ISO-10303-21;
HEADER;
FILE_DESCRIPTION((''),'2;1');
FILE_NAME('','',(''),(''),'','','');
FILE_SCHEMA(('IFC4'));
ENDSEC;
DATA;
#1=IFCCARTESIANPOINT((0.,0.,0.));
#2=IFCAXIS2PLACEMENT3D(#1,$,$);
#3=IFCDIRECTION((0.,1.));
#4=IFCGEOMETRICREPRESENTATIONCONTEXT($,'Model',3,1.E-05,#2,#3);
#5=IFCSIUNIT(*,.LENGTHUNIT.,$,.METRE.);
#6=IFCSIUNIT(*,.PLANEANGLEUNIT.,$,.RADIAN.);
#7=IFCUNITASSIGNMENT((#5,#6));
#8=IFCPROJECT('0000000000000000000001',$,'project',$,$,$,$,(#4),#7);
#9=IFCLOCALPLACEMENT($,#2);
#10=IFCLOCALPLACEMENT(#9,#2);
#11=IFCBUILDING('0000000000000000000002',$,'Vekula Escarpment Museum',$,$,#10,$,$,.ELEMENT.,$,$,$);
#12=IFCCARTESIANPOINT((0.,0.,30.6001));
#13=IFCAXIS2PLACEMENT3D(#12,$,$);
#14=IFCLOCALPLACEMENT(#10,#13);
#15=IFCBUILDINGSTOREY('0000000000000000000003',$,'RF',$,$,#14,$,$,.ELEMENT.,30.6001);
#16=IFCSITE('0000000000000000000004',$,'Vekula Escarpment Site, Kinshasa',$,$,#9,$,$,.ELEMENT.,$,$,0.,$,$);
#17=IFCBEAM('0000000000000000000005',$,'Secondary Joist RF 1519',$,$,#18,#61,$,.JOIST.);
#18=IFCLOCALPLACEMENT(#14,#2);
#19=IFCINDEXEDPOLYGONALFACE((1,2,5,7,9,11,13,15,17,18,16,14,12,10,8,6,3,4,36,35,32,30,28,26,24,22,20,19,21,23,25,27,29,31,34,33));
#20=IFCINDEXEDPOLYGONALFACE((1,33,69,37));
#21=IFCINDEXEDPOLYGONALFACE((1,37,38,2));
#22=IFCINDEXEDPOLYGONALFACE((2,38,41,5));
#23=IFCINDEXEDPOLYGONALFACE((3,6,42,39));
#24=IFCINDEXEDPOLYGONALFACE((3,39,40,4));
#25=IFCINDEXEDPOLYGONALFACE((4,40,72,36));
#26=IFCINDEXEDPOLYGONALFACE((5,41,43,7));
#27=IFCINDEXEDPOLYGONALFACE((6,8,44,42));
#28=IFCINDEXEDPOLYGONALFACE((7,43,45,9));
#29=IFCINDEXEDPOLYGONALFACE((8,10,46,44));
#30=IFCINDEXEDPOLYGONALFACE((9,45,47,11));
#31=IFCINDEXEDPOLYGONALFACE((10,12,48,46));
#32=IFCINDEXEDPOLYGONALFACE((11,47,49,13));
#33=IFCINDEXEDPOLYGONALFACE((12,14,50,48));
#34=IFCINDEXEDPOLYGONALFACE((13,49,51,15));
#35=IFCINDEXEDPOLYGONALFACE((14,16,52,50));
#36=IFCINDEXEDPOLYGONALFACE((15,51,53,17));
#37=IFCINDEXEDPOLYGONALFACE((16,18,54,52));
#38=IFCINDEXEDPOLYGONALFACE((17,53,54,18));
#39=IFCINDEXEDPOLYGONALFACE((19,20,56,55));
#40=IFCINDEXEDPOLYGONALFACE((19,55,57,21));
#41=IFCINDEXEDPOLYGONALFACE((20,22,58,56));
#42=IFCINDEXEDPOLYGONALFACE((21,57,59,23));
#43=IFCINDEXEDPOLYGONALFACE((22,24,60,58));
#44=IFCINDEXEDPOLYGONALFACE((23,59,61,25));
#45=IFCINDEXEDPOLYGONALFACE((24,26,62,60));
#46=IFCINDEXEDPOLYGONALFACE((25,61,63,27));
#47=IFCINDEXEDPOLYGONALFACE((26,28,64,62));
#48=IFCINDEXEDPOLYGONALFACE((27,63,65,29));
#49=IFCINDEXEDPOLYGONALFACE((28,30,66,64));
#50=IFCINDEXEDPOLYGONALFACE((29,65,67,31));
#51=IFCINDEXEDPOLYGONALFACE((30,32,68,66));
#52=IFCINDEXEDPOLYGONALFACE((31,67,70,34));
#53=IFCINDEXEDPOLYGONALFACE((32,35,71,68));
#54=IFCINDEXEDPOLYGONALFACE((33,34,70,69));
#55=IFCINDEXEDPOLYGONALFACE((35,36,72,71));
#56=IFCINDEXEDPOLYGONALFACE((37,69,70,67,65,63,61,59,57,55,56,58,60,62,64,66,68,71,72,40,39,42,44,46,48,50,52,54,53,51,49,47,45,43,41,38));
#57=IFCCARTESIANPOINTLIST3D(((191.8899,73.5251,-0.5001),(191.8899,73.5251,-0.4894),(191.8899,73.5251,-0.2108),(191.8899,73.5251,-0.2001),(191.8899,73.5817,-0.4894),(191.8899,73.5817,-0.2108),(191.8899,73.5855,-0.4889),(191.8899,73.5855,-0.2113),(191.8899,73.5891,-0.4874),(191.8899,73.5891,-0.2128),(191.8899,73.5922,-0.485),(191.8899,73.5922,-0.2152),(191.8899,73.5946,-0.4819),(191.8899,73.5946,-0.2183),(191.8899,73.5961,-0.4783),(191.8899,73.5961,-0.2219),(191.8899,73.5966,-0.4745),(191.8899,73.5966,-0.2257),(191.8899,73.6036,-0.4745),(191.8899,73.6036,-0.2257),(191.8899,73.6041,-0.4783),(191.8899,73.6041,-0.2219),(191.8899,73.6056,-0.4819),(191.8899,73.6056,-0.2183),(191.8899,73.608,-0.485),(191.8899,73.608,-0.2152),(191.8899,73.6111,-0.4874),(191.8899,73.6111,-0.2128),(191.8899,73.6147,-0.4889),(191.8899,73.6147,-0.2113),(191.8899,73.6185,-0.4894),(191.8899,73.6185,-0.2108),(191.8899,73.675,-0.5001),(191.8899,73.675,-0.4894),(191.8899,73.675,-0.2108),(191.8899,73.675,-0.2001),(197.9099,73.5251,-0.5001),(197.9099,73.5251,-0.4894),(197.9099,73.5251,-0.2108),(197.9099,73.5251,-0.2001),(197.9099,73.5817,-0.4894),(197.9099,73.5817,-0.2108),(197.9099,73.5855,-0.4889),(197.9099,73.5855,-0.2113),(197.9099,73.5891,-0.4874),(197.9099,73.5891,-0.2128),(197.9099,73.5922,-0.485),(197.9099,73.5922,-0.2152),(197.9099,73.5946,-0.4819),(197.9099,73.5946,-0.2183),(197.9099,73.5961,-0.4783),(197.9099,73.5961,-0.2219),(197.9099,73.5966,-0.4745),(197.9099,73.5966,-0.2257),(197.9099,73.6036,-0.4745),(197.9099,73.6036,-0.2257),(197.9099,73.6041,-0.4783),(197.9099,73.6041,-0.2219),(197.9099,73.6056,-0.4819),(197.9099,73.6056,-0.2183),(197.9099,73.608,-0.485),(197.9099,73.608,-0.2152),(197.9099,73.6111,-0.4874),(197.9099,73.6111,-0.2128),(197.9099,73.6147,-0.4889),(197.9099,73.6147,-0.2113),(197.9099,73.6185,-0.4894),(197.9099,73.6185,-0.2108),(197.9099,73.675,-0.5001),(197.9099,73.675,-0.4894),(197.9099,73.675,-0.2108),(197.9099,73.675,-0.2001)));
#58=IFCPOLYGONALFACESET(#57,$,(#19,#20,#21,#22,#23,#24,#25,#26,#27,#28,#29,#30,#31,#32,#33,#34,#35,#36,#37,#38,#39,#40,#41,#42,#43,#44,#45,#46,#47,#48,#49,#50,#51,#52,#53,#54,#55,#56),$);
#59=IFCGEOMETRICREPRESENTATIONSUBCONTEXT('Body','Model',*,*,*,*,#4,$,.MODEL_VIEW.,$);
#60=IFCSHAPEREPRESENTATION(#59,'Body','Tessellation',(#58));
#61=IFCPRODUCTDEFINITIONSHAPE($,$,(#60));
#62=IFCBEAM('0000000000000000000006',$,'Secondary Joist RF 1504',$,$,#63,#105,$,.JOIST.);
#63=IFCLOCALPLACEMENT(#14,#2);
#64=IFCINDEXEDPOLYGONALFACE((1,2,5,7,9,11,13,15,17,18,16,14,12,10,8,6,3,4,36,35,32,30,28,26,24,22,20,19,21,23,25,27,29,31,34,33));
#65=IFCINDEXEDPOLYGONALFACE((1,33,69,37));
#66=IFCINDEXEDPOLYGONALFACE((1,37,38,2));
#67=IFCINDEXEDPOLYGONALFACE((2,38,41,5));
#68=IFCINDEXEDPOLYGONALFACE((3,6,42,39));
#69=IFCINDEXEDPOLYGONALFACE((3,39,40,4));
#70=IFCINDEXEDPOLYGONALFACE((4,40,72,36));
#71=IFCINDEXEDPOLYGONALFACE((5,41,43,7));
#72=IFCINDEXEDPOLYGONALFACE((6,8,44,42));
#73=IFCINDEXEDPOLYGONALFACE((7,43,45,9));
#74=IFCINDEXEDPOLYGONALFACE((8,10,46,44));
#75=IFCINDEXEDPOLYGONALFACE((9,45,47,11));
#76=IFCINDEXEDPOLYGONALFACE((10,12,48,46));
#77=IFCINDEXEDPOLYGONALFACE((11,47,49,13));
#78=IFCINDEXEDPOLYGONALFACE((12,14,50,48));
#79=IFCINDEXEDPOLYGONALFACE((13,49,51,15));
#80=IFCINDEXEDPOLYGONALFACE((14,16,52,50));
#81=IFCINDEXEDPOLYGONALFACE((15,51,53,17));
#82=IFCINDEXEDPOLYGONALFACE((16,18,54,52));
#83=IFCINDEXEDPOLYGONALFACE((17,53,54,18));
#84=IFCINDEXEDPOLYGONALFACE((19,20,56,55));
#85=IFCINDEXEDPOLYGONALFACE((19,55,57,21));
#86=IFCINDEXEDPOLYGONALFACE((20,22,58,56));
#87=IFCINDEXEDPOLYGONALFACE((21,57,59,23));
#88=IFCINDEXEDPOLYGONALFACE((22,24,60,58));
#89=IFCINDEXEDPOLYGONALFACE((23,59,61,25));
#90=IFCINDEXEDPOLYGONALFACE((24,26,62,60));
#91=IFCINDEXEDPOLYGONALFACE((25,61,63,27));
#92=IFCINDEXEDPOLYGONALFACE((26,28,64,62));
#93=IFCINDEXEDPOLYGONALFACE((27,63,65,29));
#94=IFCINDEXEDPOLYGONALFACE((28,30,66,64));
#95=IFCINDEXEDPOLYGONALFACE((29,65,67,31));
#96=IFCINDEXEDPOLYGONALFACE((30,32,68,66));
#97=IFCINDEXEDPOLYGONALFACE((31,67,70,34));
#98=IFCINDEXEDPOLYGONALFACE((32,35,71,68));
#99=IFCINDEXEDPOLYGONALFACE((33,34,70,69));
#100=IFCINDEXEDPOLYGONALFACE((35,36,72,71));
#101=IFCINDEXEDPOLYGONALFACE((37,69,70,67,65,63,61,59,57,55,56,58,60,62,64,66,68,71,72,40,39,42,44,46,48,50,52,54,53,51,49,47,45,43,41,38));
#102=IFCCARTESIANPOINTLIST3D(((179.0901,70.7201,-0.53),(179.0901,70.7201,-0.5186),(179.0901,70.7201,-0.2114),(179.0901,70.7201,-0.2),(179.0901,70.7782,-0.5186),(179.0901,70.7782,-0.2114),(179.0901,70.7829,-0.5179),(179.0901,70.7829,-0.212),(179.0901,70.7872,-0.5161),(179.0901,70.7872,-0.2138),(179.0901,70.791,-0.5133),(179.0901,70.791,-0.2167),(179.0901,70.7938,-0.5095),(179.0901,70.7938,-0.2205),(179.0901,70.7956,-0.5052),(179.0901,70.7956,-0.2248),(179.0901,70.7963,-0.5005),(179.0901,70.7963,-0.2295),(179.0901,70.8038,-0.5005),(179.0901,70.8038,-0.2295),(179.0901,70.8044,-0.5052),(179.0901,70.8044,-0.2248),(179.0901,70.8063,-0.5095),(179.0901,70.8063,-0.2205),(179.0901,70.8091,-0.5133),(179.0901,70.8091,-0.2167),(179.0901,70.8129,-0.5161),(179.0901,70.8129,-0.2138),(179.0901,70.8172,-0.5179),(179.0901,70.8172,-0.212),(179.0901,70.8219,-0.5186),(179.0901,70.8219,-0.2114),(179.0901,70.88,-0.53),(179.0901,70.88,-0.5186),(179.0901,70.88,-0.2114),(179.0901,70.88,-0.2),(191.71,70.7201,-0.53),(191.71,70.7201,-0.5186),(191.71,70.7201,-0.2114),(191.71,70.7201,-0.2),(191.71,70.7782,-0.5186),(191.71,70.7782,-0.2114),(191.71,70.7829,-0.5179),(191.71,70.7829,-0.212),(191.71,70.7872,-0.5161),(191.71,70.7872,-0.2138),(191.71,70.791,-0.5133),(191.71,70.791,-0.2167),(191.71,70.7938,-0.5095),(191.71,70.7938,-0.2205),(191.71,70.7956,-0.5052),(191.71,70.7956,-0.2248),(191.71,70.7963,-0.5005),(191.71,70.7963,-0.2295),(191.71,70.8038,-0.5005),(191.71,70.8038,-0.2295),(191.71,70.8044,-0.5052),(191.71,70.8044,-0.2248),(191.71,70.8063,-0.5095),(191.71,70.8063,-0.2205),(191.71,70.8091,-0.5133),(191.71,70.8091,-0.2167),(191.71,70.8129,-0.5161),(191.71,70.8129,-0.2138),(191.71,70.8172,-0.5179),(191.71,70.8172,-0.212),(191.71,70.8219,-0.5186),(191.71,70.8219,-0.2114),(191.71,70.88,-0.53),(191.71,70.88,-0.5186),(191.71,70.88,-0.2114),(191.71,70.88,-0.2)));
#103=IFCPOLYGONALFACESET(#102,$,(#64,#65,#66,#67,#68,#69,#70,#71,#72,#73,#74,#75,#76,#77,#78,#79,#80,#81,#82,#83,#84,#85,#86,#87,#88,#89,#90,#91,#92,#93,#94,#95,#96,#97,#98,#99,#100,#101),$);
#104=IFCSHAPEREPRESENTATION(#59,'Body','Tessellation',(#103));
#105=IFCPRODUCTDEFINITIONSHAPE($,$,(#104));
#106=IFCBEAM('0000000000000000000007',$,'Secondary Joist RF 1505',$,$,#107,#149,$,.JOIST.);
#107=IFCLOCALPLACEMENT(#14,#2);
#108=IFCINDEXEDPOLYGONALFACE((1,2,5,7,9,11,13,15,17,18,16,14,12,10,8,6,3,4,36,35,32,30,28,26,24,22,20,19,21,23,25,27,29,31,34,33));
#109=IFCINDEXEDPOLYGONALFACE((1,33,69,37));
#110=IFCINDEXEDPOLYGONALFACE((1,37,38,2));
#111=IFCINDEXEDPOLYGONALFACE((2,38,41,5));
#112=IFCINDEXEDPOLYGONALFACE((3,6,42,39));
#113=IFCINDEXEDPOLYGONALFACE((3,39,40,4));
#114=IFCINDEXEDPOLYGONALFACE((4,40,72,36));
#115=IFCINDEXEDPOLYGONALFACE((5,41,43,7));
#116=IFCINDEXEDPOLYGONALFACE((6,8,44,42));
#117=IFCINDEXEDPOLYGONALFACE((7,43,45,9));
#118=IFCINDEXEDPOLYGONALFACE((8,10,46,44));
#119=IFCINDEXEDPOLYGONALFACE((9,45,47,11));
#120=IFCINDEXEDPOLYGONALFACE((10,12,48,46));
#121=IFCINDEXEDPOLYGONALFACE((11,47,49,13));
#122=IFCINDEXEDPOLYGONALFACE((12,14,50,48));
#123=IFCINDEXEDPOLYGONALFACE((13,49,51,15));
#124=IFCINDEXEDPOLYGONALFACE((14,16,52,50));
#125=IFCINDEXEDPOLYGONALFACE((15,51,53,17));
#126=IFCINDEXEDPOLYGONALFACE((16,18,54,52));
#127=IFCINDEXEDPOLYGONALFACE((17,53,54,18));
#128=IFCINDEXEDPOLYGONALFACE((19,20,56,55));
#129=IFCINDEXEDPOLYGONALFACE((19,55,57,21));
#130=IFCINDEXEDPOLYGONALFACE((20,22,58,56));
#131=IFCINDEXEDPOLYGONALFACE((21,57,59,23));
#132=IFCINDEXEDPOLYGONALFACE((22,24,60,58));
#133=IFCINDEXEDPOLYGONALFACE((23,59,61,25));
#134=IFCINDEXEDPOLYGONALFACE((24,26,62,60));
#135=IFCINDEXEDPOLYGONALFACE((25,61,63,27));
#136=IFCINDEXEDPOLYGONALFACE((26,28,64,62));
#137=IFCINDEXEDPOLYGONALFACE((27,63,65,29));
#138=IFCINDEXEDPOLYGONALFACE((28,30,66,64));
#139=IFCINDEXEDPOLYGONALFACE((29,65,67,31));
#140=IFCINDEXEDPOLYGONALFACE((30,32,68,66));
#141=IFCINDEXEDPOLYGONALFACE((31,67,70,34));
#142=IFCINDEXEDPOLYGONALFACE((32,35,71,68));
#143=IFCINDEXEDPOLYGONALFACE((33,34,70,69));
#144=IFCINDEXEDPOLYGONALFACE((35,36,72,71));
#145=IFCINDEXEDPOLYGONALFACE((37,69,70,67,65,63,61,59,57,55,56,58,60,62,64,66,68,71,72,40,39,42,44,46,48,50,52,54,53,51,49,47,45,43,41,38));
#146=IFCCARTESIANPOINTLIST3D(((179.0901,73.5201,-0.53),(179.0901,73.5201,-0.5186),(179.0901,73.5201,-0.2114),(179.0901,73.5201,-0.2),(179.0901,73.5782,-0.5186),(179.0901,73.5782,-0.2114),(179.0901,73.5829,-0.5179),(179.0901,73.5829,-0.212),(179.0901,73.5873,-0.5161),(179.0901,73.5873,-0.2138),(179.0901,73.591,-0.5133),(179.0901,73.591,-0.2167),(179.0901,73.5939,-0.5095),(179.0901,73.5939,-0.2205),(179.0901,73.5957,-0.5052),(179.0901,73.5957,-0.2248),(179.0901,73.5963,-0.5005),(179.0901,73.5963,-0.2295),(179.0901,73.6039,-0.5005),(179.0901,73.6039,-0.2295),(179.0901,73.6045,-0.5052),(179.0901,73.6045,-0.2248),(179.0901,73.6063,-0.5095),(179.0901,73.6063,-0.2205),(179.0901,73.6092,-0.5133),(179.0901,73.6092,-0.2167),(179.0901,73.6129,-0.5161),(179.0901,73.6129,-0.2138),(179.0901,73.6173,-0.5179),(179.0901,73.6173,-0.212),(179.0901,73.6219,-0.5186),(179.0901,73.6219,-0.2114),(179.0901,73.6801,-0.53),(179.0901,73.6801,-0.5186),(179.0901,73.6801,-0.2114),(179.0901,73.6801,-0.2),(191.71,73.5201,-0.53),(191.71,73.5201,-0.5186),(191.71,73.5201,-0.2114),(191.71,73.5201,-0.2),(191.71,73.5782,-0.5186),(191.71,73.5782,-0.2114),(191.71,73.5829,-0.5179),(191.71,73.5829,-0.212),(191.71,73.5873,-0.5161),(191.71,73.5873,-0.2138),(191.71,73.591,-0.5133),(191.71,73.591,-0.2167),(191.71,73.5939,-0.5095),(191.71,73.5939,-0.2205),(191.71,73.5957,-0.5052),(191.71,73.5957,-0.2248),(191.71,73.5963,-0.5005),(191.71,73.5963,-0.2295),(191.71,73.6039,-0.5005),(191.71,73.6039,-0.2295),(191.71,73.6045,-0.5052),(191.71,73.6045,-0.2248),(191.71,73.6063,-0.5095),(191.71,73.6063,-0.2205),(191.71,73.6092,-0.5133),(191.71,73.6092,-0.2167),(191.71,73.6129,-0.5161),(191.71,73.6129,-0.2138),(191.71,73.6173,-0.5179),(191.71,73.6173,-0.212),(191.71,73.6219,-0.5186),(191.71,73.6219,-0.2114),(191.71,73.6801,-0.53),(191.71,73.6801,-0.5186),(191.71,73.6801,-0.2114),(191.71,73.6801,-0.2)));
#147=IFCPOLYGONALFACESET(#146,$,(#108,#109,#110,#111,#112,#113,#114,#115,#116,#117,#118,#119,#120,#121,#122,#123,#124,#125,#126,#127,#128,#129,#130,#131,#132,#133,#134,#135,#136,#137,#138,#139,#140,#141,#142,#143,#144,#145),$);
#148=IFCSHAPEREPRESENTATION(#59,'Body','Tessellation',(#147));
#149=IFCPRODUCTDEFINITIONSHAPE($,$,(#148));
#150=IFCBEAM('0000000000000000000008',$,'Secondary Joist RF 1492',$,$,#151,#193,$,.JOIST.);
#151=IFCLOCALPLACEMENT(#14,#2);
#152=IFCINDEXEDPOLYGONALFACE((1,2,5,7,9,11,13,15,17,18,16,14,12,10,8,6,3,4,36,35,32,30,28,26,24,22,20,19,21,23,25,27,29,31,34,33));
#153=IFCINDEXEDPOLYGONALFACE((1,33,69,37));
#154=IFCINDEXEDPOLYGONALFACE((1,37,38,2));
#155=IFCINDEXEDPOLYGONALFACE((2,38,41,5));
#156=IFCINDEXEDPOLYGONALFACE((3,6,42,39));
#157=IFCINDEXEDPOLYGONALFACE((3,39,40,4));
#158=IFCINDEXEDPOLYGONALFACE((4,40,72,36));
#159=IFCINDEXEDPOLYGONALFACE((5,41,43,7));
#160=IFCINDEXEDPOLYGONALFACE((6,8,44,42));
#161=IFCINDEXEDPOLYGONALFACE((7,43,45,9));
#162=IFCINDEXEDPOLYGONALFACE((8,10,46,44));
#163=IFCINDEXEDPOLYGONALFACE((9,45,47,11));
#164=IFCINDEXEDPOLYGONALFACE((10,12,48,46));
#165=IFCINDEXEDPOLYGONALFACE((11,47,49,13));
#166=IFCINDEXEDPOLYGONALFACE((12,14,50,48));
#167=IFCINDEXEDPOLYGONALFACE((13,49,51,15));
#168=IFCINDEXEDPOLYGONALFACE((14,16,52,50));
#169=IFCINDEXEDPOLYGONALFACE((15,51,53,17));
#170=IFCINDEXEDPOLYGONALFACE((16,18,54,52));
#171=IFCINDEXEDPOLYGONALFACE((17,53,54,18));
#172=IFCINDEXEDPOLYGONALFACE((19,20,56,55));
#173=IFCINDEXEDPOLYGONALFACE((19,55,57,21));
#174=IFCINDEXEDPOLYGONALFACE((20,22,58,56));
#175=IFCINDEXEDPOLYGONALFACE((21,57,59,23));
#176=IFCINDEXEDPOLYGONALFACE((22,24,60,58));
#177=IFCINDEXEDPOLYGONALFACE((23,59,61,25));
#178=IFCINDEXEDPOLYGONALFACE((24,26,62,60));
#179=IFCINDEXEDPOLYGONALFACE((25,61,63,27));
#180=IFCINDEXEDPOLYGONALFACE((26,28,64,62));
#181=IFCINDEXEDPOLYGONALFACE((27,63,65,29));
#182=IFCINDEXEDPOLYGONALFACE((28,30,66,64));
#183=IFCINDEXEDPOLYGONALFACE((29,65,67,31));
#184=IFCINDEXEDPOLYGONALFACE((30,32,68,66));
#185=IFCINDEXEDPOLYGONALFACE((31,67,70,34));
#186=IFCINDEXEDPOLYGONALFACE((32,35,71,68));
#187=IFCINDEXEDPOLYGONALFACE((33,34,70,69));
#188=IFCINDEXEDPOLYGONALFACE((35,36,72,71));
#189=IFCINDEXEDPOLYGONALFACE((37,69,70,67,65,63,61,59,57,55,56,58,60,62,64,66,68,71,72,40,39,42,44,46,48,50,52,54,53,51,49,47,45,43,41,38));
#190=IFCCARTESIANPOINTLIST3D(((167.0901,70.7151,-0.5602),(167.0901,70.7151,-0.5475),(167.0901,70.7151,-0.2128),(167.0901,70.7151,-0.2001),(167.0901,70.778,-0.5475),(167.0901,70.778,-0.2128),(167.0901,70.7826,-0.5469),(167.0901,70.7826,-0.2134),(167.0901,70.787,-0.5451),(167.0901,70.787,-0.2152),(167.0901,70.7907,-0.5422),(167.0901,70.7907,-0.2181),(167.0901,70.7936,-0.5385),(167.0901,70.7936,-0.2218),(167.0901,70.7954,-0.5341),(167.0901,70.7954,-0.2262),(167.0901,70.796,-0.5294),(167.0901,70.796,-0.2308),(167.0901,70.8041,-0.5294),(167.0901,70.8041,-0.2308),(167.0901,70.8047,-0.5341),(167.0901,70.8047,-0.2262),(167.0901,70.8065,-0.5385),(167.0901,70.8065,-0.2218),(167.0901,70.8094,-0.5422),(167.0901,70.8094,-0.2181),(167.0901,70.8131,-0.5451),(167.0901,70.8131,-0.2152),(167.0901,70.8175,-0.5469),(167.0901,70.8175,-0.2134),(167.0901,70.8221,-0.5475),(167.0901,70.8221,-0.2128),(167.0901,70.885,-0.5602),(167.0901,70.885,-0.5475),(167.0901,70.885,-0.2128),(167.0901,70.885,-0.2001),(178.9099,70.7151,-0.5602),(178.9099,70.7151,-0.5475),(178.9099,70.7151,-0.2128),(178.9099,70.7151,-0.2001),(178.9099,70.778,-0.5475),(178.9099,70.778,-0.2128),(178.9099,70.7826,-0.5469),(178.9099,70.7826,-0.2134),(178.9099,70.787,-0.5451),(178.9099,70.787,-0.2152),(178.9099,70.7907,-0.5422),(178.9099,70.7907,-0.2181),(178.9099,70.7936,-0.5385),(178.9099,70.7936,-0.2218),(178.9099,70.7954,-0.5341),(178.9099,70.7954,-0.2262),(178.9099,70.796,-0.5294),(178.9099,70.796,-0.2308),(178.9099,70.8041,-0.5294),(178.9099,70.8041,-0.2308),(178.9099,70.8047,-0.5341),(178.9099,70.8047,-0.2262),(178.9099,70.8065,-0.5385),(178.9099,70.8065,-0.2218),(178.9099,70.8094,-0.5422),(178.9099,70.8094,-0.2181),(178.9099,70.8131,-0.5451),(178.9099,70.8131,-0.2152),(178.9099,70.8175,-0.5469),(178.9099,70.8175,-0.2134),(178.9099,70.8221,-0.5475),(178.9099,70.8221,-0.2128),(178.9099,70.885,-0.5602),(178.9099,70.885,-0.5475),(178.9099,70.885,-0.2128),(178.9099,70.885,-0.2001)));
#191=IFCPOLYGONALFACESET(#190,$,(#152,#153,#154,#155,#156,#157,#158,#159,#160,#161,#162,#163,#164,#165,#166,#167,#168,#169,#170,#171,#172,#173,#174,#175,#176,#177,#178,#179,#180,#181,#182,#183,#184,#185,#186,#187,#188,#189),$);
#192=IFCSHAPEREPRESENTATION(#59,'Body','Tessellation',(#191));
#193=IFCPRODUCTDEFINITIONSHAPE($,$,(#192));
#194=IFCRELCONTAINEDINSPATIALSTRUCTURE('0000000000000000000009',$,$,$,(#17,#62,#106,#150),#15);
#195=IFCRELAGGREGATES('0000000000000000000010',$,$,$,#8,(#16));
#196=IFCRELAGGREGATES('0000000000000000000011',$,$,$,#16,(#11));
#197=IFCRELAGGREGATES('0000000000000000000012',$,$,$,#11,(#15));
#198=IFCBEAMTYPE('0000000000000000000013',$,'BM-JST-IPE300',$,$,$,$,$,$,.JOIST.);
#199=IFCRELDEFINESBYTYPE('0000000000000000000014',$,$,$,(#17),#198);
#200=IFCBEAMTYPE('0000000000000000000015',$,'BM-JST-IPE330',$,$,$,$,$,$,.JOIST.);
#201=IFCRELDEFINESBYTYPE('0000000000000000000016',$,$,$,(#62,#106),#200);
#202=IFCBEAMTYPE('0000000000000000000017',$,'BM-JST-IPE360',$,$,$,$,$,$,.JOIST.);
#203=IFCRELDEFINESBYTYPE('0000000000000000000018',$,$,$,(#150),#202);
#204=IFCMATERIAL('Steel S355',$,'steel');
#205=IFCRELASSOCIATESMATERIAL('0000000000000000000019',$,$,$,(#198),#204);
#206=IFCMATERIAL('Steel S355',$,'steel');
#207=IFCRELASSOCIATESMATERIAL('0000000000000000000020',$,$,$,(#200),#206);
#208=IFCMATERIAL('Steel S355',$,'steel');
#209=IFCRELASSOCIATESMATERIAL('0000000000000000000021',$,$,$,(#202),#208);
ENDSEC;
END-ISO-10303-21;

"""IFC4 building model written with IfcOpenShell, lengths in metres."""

from ifc_helpers import new_model, si_unit, direction, frame, origin, origin_2d, place, context, subcontext, project, spatial, i_section, extrude, material, material_profile, profile_set, type_object, element, save


model = new_model("IFC4")

# Units and contexts
model_context = context("Model", 3, precision=1e-05, world=origin(), true_north=direction((0.0, 1.0)))
body_context = subcontext(model_context, "Body", "Model", "MODEL_VIEW")
ifc_project = project(units=[si_unit("LENGTHUNIT", "METRE"), si_unit("PLANEANGLEUNIT", "RADIAN")], contexts=[model_context])

# Site, building, storey
site_placement = place(None, origin())
site = spatial("IfcSite", under=ifc_project, at=site_placement, Name="Vekula Escarpment Site, Kinshasa", CompositionType="ELEMENT", RefElevation=0.0)
building_placement = place(site_placement, origin())
building = spatial("IfcBuilding", under=site, at=building_placement, Name="Vekula Escarpment Museum", CompositionType="ELEMENT")
storey_placement = place(building_placement, frame((0.0, 0.0, 30.6001)))
storey = spatial("IfcBuildingStorey", under=building, at=storey_placement, Name="RF", CompositionType="ELEMENT", Elevation=30.6001)

# Beams
ifc_material_1 = material(Name="Steel S355", Category="steel")
ifc_material_profile_1 = material_profile(ifc_material_1, i_section(OverallWidth=0.1499, OverallDepth=0.3, WebThickness=0.0071, FlangeThickness=0.0107, FilletRadius=0.0149, at=origin_2d()), Name="IPE 300")
ifc_profile_set_1 = profile_set([ifc_material_profile_1], Name="Steel S355")
beam_type_1 = type_object("IfcBeamType", Name="BM-JST-IPE300", PredefinedType="JOIST", material=ifc_profile_set_1)
for number, where, z_axis, x_axis, name in (
    (1, (191.8899, 73.6001, -0.3501), (1.0, 0.0, 0.0), (0.0, 1.0, 0.0), "Secondary Joist RF 1519"),
):
    element("IfcBeam", number, at=place(storey_placement, frame(where, z_axis=z_axis, x_axis=x_axis)), inside=storey, type_object=beam_type_1, Name=name, PredefinedType="JOIST", context=body_context, shape_type="SweptSolid", body=[
        extrude(i_section(OverallWidth=0.1499, OverallDepth=0.3, WebThickness=0.0071, FlangeThickness=0.0107, FilletRadius=0.0149, at=origin_2d()), origin(), (0.0, 0.0, 1.0), 6.02),
    ])
ifc_material_2 = material(Name="Steel S355", Category="steel")
ifc_material_profile_2 = material_profile(ifc_material_2, i_section(OverallWidth=0.1599, OverallDepth=0.3301, WebThickness=0.0076, FlangeThickness=0.0115, FilletRadius=0.0181, at=origin_2d()), Name="IPE 330")
ifc_profile_set_2 = profile_set([ifc_material_profile_2], Name="Steel S355")
beam_type_2 = type_object("IfcBeamType", Name="BM-JST-IPE330", PredefinedType="JOIST", material=ifc_profile_set_2)
for number, where, z_axis, x_axis, name in (
    (2, (179.0901, 70.8, -0.365), (1.0, 0.0, 0.0), (0.0, 1.0, 0.0), "Secondary Joist RF 1504"),
    (3, (179.0901, 73.6001, -0.365), (1.0, 0.0, 0.0), (0.0, 1.0, 0.0), "Secondary Joist RF 1505"),
):
    element("IfcBeam", number, at=place(storey_placement, frame(where, z_axis=z_axis, x_axis=x_axis)), inside=storey, type_object=beam_type_2, Name=name, PredefinedType="JOIST", context=body_context, shape_type="SweptSolid", body=[
        extrude(i_section(OverallWidth=0.1599, OverallDepth=0.3301, WebThickness=0.0076, FlangeThickness=0.0115, FilletRadius=0.0181, at=origin_2d()), origin(), (0.0, 0.0, 1.0), 12.6199),
    ])
ifc_material_3 = material(Name="Steel S355", Category="steel")
ifc_material_profile_3 = material_profile(ifc_material_3, i_section(OverallWidth=0.1699, OverallDepth=0.3601, WebThickness=0.0081, FlangeThickness=0.0127, FilletRadius=0.0181, at=origin_2d()), Name="IPE 360")
ifc_profile_set_3 = profile_set([ifc_material_profile_3], Name="Steel S355")
beam_type_3 = type_object("IfcBeamType", Name="BM-JST-IPE360", PredefinedType="JOIST", material=ifc_profile_set_3)
for number, where, z_axis, x_axis, name in (
    (4, (167.0901, 70.8, -0.3801), (1.0, 0.0, 0.0), (0.0, 1.0, 0.0), "Secondary Joist RF 1492"),
):
    element("IfcBeam", number, at=place(storey_placement, frame(where, z_axis=z_axis, x_axis=x_axis)), inside=storey, type_object=beam_type_3, Name=name, PredefinedType="JOIST", context=body_context, shape_type="SweptSolid", body=[
        extrude(i_section(OverallWidth=0.1699, OverallDepth=0.3601, WebThickness=0.0081, FlangeThickness=0.0127, FilletRadius=0.0181, at=origin_2d()), origin(), (0.0, 0.0, 1.0), 11.8198),
    ])

save(model, "model.ifc")
